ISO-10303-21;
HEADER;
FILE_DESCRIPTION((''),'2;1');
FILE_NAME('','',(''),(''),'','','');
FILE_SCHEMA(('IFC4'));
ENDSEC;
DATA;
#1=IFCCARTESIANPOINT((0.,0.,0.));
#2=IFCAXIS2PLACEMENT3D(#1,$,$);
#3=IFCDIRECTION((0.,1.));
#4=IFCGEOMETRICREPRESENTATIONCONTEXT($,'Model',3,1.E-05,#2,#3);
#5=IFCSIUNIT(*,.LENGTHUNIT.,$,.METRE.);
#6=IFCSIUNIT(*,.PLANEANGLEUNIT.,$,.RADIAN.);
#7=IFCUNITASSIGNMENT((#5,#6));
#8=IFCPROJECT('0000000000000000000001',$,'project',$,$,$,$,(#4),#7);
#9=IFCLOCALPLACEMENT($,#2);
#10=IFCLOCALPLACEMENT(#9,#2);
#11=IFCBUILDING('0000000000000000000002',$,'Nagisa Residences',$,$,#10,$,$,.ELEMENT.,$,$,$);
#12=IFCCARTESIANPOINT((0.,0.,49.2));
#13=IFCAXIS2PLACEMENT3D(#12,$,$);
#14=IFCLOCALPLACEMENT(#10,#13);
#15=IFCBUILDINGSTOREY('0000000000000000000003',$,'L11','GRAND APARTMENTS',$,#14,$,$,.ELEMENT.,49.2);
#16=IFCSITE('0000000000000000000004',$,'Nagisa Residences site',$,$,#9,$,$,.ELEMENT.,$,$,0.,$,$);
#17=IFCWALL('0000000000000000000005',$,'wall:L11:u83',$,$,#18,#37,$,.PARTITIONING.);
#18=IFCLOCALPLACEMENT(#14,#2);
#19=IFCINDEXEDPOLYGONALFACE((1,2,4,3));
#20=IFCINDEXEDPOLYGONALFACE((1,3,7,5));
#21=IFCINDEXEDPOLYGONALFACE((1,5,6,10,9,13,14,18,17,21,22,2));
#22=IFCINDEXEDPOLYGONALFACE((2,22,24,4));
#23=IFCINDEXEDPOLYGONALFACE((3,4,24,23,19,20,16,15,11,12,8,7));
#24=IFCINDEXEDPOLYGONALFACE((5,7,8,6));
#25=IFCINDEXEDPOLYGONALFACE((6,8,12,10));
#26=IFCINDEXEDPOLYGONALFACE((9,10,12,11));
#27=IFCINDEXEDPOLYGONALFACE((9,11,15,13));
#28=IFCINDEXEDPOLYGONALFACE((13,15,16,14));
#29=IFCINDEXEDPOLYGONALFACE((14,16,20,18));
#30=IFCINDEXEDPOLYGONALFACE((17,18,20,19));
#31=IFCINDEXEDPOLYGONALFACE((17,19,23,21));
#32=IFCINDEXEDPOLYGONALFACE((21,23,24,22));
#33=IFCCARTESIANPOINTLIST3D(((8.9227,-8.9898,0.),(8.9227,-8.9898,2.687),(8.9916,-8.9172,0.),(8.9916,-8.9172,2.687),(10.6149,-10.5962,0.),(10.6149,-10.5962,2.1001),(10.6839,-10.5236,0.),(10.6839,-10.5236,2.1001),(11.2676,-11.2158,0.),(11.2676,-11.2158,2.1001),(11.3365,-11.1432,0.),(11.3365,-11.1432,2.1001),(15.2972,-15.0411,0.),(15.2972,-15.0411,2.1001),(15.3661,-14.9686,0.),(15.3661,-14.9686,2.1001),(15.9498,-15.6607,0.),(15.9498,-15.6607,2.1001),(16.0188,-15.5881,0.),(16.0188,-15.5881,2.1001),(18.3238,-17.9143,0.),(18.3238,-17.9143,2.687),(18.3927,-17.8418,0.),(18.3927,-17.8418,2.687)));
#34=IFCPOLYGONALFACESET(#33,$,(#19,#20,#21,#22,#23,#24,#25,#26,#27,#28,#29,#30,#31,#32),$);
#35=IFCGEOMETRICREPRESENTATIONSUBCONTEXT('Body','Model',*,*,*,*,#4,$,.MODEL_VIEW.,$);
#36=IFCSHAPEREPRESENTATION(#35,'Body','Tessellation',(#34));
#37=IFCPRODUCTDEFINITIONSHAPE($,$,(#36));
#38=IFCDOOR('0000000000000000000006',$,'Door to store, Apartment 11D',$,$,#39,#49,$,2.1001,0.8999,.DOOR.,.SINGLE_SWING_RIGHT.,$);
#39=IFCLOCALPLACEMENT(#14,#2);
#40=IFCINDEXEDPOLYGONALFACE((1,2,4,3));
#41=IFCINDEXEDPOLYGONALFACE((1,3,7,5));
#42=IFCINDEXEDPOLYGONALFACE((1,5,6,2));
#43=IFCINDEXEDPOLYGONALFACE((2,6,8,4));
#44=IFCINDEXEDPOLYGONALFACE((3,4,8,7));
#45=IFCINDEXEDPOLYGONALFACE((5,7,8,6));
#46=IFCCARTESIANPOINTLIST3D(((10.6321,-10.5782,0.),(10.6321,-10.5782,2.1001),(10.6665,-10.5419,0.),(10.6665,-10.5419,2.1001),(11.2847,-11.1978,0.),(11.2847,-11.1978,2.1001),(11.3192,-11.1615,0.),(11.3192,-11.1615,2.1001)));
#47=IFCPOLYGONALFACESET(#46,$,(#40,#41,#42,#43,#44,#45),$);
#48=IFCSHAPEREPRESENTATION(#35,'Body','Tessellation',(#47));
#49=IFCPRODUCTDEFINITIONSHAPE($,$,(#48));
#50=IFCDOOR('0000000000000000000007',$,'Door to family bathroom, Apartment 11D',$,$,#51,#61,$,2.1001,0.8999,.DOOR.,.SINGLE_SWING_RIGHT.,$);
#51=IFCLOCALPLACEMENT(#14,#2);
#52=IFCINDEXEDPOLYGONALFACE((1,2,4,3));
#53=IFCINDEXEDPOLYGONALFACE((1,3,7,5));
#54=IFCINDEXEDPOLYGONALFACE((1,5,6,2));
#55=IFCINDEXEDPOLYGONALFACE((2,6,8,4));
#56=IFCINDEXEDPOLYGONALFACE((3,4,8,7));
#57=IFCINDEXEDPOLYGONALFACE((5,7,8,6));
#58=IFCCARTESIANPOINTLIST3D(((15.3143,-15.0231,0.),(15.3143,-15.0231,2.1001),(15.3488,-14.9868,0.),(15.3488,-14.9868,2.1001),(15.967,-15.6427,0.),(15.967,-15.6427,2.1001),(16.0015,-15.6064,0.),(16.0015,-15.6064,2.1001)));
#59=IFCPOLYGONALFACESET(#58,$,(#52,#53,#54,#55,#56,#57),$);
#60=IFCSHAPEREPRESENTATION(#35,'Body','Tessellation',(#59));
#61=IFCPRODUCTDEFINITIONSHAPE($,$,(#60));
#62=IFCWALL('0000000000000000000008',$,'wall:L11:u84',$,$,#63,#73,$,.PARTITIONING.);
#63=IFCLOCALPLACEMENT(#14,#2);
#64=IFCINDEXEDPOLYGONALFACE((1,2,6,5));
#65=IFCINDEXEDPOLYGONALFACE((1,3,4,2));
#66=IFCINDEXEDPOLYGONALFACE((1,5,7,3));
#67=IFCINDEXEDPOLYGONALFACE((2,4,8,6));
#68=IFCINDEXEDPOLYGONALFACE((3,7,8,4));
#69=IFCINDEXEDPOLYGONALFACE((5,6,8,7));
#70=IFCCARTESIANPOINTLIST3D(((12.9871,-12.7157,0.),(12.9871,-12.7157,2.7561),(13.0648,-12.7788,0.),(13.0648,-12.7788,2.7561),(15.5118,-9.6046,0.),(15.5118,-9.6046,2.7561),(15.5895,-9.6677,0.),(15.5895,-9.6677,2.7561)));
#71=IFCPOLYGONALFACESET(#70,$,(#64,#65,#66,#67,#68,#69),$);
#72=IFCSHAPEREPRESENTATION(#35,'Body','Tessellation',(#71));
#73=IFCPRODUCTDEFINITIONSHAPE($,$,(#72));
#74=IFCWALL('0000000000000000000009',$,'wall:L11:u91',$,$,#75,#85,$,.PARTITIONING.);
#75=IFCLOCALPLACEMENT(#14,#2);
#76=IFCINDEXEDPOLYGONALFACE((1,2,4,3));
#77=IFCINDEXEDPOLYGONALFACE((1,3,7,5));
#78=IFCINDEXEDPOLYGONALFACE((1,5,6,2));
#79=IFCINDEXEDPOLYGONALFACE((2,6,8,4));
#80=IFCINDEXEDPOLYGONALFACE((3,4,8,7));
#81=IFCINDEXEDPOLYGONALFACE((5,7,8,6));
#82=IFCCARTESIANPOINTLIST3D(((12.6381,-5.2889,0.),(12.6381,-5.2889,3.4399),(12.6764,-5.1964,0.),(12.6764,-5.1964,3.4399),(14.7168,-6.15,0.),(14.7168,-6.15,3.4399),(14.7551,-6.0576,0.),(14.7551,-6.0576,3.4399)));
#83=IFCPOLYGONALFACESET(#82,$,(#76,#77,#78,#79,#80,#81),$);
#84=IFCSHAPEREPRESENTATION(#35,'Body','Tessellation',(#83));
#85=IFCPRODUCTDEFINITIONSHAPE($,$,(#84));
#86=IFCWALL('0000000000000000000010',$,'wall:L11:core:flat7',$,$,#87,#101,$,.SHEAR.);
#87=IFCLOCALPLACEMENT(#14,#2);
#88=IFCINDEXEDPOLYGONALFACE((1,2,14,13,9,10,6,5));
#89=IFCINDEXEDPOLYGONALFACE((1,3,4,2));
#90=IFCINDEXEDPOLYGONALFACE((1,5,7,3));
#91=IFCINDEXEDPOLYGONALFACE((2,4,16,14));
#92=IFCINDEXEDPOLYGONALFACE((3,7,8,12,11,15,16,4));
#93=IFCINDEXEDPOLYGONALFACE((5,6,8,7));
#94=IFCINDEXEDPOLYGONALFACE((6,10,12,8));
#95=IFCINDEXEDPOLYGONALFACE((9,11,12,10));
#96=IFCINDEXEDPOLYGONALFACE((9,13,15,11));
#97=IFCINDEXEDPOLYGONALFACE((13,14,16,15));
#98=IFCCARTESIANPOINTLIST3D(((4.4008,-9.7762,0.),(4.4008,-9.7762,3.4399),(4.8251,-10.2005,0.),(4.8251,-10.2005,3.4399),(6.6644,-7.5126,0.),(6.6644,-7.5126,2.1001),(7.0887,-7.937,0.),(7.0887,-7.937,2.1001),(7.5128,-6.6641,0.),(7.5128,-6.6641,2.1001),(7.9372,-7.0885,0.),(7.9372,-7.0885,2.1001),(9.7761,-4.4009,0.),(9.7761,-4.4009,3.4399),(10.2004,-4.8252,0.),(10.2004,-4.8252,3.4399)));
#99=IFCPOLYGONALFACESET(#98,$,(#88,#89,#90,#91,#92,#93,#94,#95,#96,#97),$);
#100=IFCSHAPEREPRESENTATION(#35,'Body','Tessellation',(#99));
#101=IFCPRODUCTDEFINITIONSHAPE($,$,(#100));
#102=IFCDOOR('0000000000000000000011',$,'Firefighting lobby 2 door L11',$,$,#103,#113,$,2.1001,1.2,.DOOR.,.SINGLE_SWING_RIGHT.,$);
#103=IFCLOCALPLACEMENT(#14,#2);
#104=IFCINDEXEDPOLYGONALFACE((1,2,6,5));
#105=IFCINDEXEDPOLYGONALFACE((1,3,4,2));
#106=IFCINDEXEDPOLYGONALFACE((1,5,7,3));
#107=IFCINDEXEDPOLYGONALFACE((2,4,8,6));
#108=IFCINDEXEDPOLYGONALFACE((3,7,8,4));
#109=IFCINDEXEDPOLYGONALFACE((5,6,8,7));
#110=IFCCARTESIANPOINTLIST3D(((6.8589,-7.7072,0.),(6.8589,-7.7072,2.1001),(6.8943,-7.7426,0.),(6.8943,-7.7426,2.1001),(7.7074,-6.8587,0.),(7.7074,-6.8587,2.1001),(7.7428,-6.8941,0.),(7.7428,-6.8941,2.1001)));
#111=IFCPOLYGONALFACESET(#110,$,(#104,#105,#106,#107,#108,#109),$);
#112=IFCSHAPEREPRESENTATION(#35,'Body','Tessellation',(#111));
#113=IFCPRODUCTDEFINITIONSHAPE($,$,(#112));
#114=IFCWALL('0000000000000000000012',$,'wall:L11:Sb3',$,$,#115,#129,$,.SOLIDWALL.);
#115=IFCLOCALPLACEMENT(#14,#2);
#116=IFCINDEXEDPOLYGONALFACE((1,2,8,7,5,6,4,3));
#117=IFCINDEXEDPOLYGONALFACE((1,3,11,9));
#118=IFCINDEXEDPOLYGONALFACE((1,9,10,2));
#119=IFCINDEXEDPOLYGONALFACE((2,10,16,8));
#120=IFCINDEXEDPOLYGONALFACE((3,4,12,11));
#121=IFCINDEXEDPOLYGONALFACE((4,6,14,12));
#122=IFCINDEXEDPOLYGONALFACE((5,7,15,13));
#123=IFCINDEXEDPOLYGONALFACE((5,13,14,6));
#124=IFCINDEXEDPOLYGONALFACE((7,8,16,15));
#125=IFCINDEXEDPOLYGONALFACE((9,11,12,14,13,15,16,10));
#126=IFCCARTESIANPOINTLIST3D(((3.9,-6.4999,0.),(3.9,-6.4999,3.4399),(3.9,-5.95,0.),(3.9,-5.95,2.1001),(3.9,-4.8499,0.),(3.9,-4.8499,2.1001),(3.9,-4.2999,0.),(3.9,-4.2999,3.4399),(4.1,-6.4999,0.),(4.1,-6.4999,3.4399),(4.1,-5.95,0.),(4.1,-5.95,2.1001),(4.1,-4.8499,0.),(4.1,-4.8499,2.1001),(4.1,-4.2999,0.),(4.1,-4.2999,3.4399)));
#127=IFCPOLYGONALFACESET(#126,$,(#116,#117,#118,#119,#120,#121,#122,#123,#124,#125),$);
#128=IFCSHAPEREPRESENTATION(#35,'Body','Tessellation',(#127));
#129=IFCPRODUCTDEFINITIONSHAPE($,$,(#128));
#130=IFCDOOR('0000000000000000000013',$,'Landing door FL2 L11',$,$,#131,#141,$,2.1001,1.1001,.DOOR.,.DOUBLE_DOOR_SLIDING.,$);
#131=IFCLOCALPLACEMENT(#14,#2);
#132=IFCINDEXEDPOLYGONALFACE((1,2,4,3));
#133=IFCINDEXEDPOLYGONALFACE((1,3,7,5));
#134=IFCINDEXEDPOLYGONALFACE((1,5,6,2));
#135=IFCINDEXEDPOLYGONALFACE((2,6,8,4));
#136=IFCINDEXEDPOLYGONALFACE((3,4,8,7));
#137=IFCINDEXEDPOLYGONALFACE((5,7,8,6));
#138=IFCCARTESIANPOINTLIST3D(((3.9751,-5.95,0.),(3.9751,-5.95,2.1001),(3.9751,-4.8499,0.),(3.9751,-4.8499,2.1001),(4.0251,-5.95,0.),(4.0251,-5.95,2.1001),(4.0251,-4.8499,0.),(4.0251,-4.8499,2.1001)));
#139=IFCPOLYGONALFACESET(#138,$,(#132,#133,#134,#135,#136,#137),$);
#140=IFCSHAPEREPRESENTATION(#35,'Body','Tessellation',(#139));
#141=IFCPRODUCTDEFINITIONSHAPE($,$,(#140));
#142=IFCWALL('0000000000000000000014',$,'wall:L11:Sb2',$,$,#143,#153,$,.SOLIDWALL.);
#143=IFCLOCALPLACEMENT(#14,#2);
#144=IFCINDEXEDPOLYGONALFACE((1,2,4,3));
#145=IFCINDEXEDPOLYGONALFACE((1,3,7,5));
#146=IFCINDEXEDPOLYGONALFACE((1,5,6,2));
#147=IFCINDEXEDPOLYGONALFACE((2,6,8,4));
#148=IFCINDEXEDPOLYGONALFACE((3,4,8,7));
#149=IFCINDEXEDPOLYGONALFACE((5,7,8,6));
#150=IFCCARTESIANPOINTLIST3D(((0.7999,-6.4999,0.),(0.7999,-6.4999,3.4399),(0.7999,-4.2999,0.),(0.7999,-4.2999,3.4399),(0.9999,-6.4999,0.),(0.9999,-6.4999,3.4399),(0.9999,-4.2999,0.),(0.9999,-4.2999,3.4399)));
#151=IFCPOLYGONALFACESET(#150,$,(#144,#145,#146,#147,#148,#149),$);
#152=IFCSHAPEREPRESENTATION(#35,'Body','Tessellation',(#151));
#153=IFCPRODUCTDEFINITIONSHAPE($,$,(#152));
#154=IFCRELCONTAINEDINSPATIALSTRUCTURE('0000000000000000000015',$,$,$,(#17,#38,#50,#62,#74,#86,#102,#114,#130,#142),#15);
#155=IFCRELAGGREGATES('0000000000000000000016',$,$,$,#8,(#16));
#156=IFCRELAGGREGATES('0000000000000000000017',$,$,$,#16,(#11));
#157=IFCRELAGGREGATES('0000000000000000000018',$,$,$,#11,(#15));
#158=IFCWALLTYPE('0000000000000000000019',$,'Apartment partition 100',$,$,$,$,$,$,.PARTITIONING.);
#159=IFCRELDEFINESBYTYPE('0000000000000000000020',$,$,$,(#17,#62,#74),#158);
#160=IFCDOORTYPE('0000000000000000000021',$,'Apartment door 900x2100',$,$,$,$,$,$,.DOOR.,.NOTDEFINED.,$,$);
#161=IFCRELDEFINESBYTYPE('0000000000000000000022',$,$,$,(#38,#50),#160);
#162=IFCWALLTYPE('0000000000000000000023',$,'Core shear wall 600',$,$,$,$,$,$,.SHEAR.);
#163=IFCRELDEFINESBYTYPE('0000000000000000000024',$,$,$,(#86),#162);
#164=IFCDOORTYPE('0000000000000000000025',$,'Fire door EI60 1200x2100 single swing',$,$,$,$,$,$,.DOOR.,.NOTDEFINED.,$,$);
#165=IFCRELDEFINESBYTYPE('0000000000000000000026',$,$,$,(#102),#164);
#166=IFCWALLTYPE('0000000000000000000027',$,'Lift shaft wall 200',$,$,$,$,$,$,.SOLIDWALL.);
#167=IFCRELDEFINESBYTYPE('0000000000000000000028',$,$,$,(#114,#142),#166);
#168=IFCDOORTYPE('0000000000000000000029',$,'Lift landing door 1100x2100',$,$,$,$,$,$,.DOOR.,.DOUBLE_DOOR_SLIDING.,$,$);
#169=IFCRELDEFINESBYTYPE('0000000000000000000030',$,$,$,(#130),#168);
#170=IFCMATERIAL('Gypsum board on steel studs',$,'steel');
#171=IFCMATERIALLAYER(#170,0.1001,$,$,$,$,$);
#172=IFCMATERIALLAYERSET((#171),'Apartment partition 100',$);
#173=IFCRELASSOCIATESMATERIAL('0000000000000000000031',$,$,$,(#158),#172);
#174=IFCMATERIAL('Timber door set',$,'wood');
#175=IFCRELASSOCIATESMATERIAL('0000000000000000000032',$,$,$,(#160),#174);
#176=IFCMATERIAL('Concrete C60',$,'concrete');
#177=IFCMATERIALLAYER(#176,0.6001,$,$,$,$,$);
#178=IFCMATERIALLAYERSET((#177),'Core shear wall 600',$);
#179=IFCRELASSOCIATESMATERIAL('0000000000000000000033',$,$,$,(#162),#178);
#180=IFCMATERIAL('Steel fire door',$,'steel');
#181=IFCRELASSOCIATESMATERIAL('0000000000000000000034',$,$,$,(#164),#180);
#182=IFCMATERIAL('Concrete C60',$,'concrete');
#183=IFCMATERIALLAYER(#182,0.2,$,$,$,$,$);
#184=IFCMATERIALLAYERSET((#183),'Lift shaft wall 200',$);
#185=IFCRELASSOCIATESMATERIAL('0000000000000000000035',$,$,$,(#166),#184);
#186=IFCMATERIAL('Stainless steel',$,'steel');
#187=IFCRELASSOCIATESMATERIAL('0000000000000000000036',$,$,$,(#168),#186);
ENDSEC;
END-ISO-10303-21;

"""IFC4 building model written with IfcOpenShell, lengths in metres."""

from ifc_helpers import new_model, si_unit, direction, frame, frame_2d, origin, place, context, subcontext, project, spatial, rectangle, extrude, material, layer, layer_set, type_object, element, fill, save


model = new_model("IFC4")

# Units and contexts
model_context = context("Model", 3, precision=1e-05, world=origin(), true_north=direction((0.0, 1.0)))
body_context = subcontext(model_context, "Body", "Model", "MODEL_VIEW")
ifc_project = project(units=[si_unit("LENGTHUNIT", "METRE"), si_unit("PLANEANGLEUNIT", "RADIAN")], contexts=[model_context])

# Site, building, storey
site_placement = place(None, origin())
site = spatial("IfcSite", under=ifc_project, at=site_placement, Name="Nagisa Residences site", CompositionType="ELEMENT", RefElevation=0.0)
building_placement = place(site_placement, origin())
building = spatial("IfcBuilding", under=site, at=building_placement, Name="Nagisa Residences", CompositionType="ELEMENT")
storey_placement = place(building_placement, frame((0.0, 0.0, 49.2)))
storey = spatial("IfcBuildingStorey", under=building, at=storey_placement, Name="L11", Description="GRAND APARTMENTS", CompositionType="ELEMENT", Elevation=49.2)

# Wall, openings, doors
ifc_material_1 = material(Name="Gypsum board on steel studs", Category="steel")
ifc_layer_1 = layer(ifc_material_1, 0.1001)
ifc_layer_set_1 = layer_set([ifc_layer_1], Name="Apartment partition 100")
wall_type_1 = type_object("IfcWallType", Name="Apartment partition 100", PredefinedType="PARTITIONING", material=ifc_layer_set_1)
ifc_material_2 = material(Name="Timber door set", Category="wood")
door_type_1 = type_object("IfcDoorType", Name="Apartment door 900x2100", OperationType="NOTDEFINED", PredefinedType="DOOR", material=ifc_material_2)
wall_1_placement = place(storey_placement, frame((8.957, -8.9534, 0.0), z_axis=(0.0, 0.0, 1.0), x_axis=(0.72525, -0.688486, 0.0)))
wall_1 = element("IfcWall", 1, at=wall_1_placement, inside=storey, type_object=wall_type_1, Name="wall:L11:u83", PredefinedType="PARTITIONING", context=body_context, shape_type="SweptSolid", body=[
    extrude(rectangle(XDim=12.9626, YDim=0.1001, at=frame_2d((6.4814, 0.0))), origin(), (0.0, 0.0, 1.0), 2.687),
])
opening_1_placement = place(wall_1_placement, frame((2.3335, 0.0, 0.0)))
opening_1 = element("IfcOpeningElement", 2, at=opening_1_placement, cuts=wall_1, PredefinedType="OPENING", context=body_context, shape_type="SweptSolid", body=[
    extrude(rectangle(XDim=0.8999, YDim=2.1001, at=frame_2d((0.45, 1.05))), frame((0.0, 0.0601, 0.0), z_axis=(0.0, -1.0, 0.0), x_axis=(1.0, 0.0, 0.0)), (0.0, 0.0, 1.0), 0.1201),
])
opening_2_placement = place(wall_1_placement, frame((8.7896, 0.0, 0.0)))
opening_2 = element("IfcOpeningElement", 3, at=opening_2_placement, cuts=wall_1, PredefinedType="OPENING", context=body_context, shape_type="SweptSolid", body=[
    extrude(rectangle(XDim=0.8999, YDim=2.1001, at=frame_2d((0.45, 1.05))), frame((0.0, 0.0601, 0.0), z_axis=(0.0, -1.0, 0.0), x_axis=(1.0, 0.0, 0.0)), (0.0, 0.0, 1.0), 0.1201),
])
door_1_placement = place(opening_1_placement, origin())
door_1 = element("IfcDoor", 4, at=door_1_placement, inside=storey, type_object=door_type_1, Name="Door to store, Apartment 11D", OperationType="SINGLE_SWING_RIGHT", OverallHeight=2.1001, OverallWidth=0.8999, PredefinedType="DOOR", context=body_context, shape_type="SweptSolid", body=[
    extrude(rectangle(XDim=0.8999, YDim=2.1001, at=frame_2d((0.45, 1.05))), frame((0.0, 0.0249, 0.0), z_axis=(0.0, -1.0, 0.0), x_axis=(1.0, 0.0, 0.0)), (0.0, 0.0, 1.0), 0.05),
])
fill(opening_1, door_1)
door_2_placement = place(opening_2_placement, origin())
door_2 = element("IfcDoor", 5, at=door_2_placement, inside=storey, type_object=door_type_1, Name="Door to family bathroom, Apartment 11D", OperationType="SINGLE_SWING_RIGHT", OverallHeight=2.1001, OverallWidth=0.8999, PredefinedType="DOOR", context=body_context, shape_type="SweptSolid", body=[
    extrude(rectangle(XDim=0.8999, YDim=2.1001, at=frame_2d((0.45, 1.05))), frame((0.0, 0.0249, 0.0), z_axis=(0.0, -1.0, 0.0), x_axis=(1.0, 0.0, 0.0)), (0.0, 0.0, 1.0), 0.05),
])
fill(opening_2, door_2)

# Walls
wall_2_placement = place(storey_placement, frame((13.0259, -12.7473, 0.0), z_axis=(0.0, 0.0, 1.0), x_axis=(0.630127, 0.776492, 0.0)))
element("IfcWall", 6, at=wall_2_placement, inside=storey, type_object=wall_type_1, Name="wall:L11:u84", PredefinedType="PARTITIONING", context=body_context, shape_type="SweptSolid", body=[
    extrude(rectangle(XDim=4.0066, YDim=0.1001, at=frame_2d((2.0034, 0.0))), origin(), (0.0, 0.0, 1.0), 2.7561),
])
wall_3_placement = place(storey_placement, frame((12.6572, -5.2427, 0.0), z_axis=(0.0, 0.0, 1.0), x_axis=(0.923865, -0.382719, 0.0)))
element("IfcWall", 7, at=wall_3_placement, inside=storey, type_object=wall_type_1, Name="wall:L11:u91", PredefinedType="PARTITIONING", context=body_context, shape_type="SweptSolid", body=[
    extrude(rectangle(XDim=2.25, YDim=0.1001, at=frame_2d((1.125, 0.0))), origin(), (0.0, 0.0, 1.0), 3.4399),
])

# Walls, openings, doors
ifc_material_3 = material(Name="Concrete C60", Category="concrete")
ifc_layer_2 = layer(ifc_material_3, 0.6001)
ifc_layer_set_2 = layer_set([ifc_layer_2], Name="Core shear wall 600")
wall_type_2 = type_object("IfcWallType", Name="Core shear wall 600", PredefinedType="SHEAR", material=ifc_layer_set_2)
wall_4_placement = place(storey_placement, frame((4.613, -9.9883, 0.0), z_axis=(0.0, 0.0, 1.0), x_axis=(0.707107, 0.707107, 0.0)))
wall_4 = element("IfcWall", 8, at=wall_4_placement, inside=storey, type_object=wall_type_2, Name="wall:L11:core:flat7", PredefinedType="SHEAR", context=body_context, shape_type="SweptSolid", body=[
    extrude(rectangle(XDim=7.6018, YDim=0.6001, at=frame_2d((3.8008, 0.0))), origin(), (0.0, 0.0, 1.0), 3.4399),
])
opening_3_placement = place(wall_4_placement, frame((3.2009, 0.0, 0.0)))
opening_3 = element("IfcOpeningElement", 9, at=opening_3_placement, cuts=wall_4, PredefinedType="OPENING", context=body_context, shape_type="SweptSolid", body=[
    extrude(rectangle(XDim=1.2, YDim=2.1001, at=frame_2d((0.6001, 1.05))), frame((0.0, 0.3101, 0.0), z_axis=(0.0, -1.0, 0.0), x_axis=(1.0, 0.0, 0.0)), (0.0, 0.0, 1.0), 0.6201),
])
ifc_material_4 = material(Name="Steel fire door", Category="steel")
door_type_2 = type_object("IfcDoorType", Name="Fire door EI60 1200x2100 single swing", OperationType="NOTDEFINED", PredefinedType="DOOR", material=ifc_material_4)
door_3_placement = place(opening_3_placement, origin())
door_3 = element("IfcDoor", 10, at=door_3_placement, inside=storey, type_object=door_type_2, Name="Firefighting lobby 2 door L11", OperationType="SINGLE_SWING_RIGHT", OverallHeight=2.1001, OverallWidth=1.2, PredefinedType="DOOR", context=body_context, shape_type="SweptSolid", body=[
    extrude(rectangle(XDim=1.2, YDim=2.1001, at=frame_2d((0.6001, 1.05))), frame((0.0, 0.0249, 0.0), z_axis=(0.0, -1.0, 0.0), x_axis=(1.0, 0.0, 0.0)), (0.0, 0.0, 1.0), 0.05),
])
fill(opening_3, door_3)
ifc_material_5 = material(Name="Concrete C60", Category="concrete")
ifc_layer_3 = layer(ifc_material_5, 0.2)
ifc_layer_set_3 = layer_set([ifc_layer_3], Name="Lift shaft wall 200")
wall_type_3 = type_object("IfcWallType", Name="Lift shaft wall 200", PredefinedType="SOLIDWALL", material=ifc_layer_set_3)
wall_5_placement = place(storey_placement, frame((4.0, -6.5, 0.0), z_axis=(0.0, 0.0, 1.0), x_axis=(0.0, 1.0, 0.0)))
wall_5 = element("IfcWall", 11, at=wall_5_placement, inside=storey, type_object=wall_type_3, Name="wall:L11:Sb3", PredefinedType="SOLIDWALL", context=body_context, shape_type="SweptSolid", body=[
    extrude(rectangle(XDim=2.2, YDim=0.2, at=frame_2d((1.1001, 0.0))), origin(), (0.0, 0.0, 1.0), 3.4399),
])
opening_4_placement = place(wall_5_placement, frame((0.55, 0.0, 0.0)))
opening_4 = element("IfcOpeningElement", 12, at=opening_4_placement, cuts=wall_5, PredefinedType="OPENING", context=body_context, shape_type="SweptSolid", body=[
    extrude(rectangle(XDim=1.1001, YDim=2.1001, at=frame_2d((0.55, 1.05))), frame((0.0, 0.1099, 0.0), z_axis=(0.0, -1.0, 0.0), x_axis=(1.0, 0.0, 0.0)), (0.0, 0.0, 1.0), 0.22),
])
ifc_material_6 = material(Name="Stainless steel", Category="steel")
door_type_3 = type_object("IfcDoorType", Name="Lift landing door 1100x2100", OperationType="DOUBLE_DOOR_SLIDING", PredefinedType="DOOR", material=ifc_material_6)
door_4_placement = place(opening_4_placement, origin())
door_4 = element("IfcDoor", 13, at=door_4_placement, inside=storey, type_object=door_type_3, Name="Landing door FL2 L11", OperationType="DOUBLE_DOOR_SLIDING", OverallHeight=2.1001, OverallWidth=1.1001, PredefinedType="DOOR", context=body_context, shape_type="SweptSolid", body=[
    extrude(rectangle(XDim=1.1001, YDim=2.1001, at=frame_2d((0.55, 1.05))), frame((0.0, 0.0249, 0.0), z_axis=(0.0, -1.0, 0.0), x_axis=(1.0, 0.0, 0.0)), (0.0, 0.0, 1.0), 0.05),
])
fill(opening_4, door_4)

# Wall
wall_6_placement = place(storey_placement, frame((0.8999, -6.5, 0.0), z_axis=(0.0, 0.0, 1.0), x_axis=(0.0, 1.0, 0.0)))
element("IfcWall", 14, at=wall_6_placement, inside=storey, type_object=wall_type_3, Name="wall:L11:Sb2", PredefinedType="SOLIDWALL", context=body_context, shape_type="SweptSolid", body=[
    extrude(rectangle(XDim=2.2, YDim=0.2, at=frame_2d((1.1001, 0.0))), origin(), (0.0, 0.0, 1.0), 3.4399),
])

save(model, "model.ifc")
